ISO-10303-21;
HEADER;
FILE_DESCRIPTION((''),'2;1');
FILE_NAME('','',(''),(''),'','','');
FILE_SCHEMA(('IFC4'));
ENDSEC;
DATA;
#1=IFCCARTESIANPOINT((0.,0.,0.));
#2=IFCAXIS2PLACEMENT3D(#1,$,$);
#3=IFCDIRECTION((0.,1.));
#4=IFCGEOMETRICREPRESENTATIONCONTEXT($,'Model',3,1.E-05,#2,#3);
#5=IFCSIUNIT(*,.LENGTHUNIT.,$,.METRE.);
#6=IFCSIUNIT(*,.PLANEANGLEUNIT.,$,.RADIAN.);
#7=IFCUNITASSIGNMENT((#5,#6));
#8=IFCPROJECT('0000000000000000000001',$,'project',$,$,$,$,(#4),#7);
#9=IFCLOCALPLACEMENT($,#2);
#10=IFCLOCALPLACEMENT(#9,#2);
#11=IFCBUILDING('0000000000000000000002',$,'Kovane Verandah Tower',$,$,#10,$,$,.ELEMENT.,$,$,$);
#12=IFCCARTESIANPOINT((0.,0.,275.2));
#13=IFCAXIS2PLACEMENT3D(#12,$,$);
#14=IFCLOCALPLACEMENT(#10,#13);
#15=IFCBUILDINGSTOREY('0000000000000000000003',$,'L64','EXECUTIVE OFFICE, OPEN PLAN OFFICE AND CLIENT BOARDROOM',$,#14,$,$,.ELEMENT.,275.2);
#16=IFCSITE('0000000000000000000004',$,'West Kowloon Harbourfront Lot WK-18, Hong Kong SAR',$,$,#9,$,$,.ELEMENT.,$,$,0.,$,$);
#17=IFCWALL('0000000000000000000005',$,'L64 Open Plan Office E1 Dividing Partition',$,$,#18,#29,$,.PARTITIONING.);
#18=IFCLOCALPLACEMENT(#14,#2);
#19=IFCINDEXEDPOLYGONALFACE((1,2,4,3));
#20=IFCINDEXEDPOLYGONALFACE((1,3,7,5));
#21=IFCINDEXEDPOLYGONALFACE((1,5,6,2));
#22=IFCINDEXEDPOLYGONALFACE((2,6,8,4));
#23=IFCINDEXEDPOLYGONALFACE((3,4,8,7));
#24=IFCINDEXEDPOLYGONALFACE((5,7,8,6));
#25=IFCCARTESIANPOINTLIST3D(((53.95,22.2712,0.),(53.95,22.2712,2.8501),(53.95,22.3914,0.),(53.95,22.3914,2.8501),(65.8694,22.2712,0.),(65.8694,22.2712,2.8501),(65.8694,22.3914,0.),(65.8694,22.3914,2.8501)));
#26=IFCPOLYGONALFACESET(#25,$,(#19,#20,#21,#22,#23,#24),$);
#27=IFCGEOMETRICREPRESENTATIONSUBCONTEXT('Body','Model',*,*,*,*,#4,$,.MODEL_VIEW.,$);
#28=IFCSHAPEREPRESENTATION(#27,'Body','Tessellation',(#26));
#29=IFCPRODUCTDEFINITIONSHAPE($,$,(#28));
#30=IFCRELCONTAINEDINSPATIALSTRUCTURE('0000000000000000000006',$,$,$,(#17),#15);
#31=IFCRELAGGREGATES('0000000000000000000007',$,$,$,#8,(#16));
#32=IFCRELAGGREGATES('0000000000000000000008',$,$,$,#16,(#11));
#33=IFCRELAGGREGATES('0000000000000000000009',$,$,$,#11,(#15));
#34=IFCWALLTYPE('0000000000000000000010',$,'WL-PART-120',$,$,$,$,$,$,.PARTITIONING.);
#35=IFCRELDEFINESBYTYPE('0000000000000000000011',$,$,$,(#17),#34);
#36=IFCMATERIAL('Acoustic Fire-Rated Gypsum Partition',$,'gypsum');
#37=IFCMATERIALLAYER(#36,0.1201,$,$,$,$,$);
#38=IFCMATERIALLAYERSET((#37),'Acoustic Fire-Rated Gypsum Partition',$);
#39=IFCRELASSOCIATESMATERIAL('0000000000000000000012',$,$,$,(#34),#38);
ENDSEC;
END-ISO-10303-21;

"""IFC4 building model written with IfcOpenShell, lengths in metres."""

from ifc_helpers import new_model, si_unit, direction, frame, frame_2d, origin, place, context, subcontext, project, spatial, rectangle, extrude, material, layer, layer_set, type_object, element, save


model = new_model("IFC4")

# Units and contexts
model_context = context("Model", 3, precision=1e-05, world=origin(), true_north=direction((0.0, 1.0)))
body_context = subcontext(model_context, "Body", "Model", "MODEL_VIEW")
ifc_project = project(units=[si_unit("LENGTHUNIT", "METRE"), si_unit("PLANEANGLEUNIT", "RADIAN")], contexts=[model_context])

# Site, building, storey
site_placement = place(None, origin())
site = spatial("IfcSite", under=ifc_project, at=site_placement, Name="West Kowloon Harbourfront Lot WK-18, Hong Kong SAR", CompositionType="ELEMENT", RefElevation=0.0)
building_placement = place(site_placement, origin())
building = spatial("IfcBuilding", under=site, at=building_placement, Name="Kovane Verandah Tower", CompositionType="ELEMENT")
storey_placement = place(building_placement, frame((0.0, 0.0, 275.2)))
storey = spatial("IfcBuildingStorey", under=building, at=storey_placement, Name="L64", Description="EXECUTIVE OFFICE, OPEN PLAN OFFICE AND CLIENT BOARDROOM", CompositionType="ELEMENT", Elevation=275.2)

# Wall
ifc_material_1 = material(Name="Acoustic Fire-Rated Gypsum Partition", Category="gypsum")
ifc_layer_1 = layer(ifc_material_1, 0.1201)
ifc_layer_set_1 = layer_set([ifc_layer_1], Name="Acoustic Fire-Rated Gypsum Partition")
wall_type_1 = type_object("IfcWallType", Name="WL-PART-120", PredefinedType="PARTITIONING", material=ifc_layer_set_1)
wall_1_placement = place(storey_placement, frame((53.95, 22.3313, 0.0), z_axis=(0.0, 0.0, 1.0), x_axis=(1.0, 0.0, 0.0)))
element("IfcWall", 1, at=wall_1_placement, inside=storey, type_object=wall_type_1, Name="L64 Open Plan Office E1 Dividing Partition", PredefinedType="PARTITIONING", context=body_context, shape_type="SweptSolid", body=[
    extrude(rectangle(XDim=11.9194, YDim=0.1201, at=frame_2d((5.9597, 0.0))), origin(), (0.0, 0.0, 1.0), 2.8501),
])

save(model, "model.ifc")
